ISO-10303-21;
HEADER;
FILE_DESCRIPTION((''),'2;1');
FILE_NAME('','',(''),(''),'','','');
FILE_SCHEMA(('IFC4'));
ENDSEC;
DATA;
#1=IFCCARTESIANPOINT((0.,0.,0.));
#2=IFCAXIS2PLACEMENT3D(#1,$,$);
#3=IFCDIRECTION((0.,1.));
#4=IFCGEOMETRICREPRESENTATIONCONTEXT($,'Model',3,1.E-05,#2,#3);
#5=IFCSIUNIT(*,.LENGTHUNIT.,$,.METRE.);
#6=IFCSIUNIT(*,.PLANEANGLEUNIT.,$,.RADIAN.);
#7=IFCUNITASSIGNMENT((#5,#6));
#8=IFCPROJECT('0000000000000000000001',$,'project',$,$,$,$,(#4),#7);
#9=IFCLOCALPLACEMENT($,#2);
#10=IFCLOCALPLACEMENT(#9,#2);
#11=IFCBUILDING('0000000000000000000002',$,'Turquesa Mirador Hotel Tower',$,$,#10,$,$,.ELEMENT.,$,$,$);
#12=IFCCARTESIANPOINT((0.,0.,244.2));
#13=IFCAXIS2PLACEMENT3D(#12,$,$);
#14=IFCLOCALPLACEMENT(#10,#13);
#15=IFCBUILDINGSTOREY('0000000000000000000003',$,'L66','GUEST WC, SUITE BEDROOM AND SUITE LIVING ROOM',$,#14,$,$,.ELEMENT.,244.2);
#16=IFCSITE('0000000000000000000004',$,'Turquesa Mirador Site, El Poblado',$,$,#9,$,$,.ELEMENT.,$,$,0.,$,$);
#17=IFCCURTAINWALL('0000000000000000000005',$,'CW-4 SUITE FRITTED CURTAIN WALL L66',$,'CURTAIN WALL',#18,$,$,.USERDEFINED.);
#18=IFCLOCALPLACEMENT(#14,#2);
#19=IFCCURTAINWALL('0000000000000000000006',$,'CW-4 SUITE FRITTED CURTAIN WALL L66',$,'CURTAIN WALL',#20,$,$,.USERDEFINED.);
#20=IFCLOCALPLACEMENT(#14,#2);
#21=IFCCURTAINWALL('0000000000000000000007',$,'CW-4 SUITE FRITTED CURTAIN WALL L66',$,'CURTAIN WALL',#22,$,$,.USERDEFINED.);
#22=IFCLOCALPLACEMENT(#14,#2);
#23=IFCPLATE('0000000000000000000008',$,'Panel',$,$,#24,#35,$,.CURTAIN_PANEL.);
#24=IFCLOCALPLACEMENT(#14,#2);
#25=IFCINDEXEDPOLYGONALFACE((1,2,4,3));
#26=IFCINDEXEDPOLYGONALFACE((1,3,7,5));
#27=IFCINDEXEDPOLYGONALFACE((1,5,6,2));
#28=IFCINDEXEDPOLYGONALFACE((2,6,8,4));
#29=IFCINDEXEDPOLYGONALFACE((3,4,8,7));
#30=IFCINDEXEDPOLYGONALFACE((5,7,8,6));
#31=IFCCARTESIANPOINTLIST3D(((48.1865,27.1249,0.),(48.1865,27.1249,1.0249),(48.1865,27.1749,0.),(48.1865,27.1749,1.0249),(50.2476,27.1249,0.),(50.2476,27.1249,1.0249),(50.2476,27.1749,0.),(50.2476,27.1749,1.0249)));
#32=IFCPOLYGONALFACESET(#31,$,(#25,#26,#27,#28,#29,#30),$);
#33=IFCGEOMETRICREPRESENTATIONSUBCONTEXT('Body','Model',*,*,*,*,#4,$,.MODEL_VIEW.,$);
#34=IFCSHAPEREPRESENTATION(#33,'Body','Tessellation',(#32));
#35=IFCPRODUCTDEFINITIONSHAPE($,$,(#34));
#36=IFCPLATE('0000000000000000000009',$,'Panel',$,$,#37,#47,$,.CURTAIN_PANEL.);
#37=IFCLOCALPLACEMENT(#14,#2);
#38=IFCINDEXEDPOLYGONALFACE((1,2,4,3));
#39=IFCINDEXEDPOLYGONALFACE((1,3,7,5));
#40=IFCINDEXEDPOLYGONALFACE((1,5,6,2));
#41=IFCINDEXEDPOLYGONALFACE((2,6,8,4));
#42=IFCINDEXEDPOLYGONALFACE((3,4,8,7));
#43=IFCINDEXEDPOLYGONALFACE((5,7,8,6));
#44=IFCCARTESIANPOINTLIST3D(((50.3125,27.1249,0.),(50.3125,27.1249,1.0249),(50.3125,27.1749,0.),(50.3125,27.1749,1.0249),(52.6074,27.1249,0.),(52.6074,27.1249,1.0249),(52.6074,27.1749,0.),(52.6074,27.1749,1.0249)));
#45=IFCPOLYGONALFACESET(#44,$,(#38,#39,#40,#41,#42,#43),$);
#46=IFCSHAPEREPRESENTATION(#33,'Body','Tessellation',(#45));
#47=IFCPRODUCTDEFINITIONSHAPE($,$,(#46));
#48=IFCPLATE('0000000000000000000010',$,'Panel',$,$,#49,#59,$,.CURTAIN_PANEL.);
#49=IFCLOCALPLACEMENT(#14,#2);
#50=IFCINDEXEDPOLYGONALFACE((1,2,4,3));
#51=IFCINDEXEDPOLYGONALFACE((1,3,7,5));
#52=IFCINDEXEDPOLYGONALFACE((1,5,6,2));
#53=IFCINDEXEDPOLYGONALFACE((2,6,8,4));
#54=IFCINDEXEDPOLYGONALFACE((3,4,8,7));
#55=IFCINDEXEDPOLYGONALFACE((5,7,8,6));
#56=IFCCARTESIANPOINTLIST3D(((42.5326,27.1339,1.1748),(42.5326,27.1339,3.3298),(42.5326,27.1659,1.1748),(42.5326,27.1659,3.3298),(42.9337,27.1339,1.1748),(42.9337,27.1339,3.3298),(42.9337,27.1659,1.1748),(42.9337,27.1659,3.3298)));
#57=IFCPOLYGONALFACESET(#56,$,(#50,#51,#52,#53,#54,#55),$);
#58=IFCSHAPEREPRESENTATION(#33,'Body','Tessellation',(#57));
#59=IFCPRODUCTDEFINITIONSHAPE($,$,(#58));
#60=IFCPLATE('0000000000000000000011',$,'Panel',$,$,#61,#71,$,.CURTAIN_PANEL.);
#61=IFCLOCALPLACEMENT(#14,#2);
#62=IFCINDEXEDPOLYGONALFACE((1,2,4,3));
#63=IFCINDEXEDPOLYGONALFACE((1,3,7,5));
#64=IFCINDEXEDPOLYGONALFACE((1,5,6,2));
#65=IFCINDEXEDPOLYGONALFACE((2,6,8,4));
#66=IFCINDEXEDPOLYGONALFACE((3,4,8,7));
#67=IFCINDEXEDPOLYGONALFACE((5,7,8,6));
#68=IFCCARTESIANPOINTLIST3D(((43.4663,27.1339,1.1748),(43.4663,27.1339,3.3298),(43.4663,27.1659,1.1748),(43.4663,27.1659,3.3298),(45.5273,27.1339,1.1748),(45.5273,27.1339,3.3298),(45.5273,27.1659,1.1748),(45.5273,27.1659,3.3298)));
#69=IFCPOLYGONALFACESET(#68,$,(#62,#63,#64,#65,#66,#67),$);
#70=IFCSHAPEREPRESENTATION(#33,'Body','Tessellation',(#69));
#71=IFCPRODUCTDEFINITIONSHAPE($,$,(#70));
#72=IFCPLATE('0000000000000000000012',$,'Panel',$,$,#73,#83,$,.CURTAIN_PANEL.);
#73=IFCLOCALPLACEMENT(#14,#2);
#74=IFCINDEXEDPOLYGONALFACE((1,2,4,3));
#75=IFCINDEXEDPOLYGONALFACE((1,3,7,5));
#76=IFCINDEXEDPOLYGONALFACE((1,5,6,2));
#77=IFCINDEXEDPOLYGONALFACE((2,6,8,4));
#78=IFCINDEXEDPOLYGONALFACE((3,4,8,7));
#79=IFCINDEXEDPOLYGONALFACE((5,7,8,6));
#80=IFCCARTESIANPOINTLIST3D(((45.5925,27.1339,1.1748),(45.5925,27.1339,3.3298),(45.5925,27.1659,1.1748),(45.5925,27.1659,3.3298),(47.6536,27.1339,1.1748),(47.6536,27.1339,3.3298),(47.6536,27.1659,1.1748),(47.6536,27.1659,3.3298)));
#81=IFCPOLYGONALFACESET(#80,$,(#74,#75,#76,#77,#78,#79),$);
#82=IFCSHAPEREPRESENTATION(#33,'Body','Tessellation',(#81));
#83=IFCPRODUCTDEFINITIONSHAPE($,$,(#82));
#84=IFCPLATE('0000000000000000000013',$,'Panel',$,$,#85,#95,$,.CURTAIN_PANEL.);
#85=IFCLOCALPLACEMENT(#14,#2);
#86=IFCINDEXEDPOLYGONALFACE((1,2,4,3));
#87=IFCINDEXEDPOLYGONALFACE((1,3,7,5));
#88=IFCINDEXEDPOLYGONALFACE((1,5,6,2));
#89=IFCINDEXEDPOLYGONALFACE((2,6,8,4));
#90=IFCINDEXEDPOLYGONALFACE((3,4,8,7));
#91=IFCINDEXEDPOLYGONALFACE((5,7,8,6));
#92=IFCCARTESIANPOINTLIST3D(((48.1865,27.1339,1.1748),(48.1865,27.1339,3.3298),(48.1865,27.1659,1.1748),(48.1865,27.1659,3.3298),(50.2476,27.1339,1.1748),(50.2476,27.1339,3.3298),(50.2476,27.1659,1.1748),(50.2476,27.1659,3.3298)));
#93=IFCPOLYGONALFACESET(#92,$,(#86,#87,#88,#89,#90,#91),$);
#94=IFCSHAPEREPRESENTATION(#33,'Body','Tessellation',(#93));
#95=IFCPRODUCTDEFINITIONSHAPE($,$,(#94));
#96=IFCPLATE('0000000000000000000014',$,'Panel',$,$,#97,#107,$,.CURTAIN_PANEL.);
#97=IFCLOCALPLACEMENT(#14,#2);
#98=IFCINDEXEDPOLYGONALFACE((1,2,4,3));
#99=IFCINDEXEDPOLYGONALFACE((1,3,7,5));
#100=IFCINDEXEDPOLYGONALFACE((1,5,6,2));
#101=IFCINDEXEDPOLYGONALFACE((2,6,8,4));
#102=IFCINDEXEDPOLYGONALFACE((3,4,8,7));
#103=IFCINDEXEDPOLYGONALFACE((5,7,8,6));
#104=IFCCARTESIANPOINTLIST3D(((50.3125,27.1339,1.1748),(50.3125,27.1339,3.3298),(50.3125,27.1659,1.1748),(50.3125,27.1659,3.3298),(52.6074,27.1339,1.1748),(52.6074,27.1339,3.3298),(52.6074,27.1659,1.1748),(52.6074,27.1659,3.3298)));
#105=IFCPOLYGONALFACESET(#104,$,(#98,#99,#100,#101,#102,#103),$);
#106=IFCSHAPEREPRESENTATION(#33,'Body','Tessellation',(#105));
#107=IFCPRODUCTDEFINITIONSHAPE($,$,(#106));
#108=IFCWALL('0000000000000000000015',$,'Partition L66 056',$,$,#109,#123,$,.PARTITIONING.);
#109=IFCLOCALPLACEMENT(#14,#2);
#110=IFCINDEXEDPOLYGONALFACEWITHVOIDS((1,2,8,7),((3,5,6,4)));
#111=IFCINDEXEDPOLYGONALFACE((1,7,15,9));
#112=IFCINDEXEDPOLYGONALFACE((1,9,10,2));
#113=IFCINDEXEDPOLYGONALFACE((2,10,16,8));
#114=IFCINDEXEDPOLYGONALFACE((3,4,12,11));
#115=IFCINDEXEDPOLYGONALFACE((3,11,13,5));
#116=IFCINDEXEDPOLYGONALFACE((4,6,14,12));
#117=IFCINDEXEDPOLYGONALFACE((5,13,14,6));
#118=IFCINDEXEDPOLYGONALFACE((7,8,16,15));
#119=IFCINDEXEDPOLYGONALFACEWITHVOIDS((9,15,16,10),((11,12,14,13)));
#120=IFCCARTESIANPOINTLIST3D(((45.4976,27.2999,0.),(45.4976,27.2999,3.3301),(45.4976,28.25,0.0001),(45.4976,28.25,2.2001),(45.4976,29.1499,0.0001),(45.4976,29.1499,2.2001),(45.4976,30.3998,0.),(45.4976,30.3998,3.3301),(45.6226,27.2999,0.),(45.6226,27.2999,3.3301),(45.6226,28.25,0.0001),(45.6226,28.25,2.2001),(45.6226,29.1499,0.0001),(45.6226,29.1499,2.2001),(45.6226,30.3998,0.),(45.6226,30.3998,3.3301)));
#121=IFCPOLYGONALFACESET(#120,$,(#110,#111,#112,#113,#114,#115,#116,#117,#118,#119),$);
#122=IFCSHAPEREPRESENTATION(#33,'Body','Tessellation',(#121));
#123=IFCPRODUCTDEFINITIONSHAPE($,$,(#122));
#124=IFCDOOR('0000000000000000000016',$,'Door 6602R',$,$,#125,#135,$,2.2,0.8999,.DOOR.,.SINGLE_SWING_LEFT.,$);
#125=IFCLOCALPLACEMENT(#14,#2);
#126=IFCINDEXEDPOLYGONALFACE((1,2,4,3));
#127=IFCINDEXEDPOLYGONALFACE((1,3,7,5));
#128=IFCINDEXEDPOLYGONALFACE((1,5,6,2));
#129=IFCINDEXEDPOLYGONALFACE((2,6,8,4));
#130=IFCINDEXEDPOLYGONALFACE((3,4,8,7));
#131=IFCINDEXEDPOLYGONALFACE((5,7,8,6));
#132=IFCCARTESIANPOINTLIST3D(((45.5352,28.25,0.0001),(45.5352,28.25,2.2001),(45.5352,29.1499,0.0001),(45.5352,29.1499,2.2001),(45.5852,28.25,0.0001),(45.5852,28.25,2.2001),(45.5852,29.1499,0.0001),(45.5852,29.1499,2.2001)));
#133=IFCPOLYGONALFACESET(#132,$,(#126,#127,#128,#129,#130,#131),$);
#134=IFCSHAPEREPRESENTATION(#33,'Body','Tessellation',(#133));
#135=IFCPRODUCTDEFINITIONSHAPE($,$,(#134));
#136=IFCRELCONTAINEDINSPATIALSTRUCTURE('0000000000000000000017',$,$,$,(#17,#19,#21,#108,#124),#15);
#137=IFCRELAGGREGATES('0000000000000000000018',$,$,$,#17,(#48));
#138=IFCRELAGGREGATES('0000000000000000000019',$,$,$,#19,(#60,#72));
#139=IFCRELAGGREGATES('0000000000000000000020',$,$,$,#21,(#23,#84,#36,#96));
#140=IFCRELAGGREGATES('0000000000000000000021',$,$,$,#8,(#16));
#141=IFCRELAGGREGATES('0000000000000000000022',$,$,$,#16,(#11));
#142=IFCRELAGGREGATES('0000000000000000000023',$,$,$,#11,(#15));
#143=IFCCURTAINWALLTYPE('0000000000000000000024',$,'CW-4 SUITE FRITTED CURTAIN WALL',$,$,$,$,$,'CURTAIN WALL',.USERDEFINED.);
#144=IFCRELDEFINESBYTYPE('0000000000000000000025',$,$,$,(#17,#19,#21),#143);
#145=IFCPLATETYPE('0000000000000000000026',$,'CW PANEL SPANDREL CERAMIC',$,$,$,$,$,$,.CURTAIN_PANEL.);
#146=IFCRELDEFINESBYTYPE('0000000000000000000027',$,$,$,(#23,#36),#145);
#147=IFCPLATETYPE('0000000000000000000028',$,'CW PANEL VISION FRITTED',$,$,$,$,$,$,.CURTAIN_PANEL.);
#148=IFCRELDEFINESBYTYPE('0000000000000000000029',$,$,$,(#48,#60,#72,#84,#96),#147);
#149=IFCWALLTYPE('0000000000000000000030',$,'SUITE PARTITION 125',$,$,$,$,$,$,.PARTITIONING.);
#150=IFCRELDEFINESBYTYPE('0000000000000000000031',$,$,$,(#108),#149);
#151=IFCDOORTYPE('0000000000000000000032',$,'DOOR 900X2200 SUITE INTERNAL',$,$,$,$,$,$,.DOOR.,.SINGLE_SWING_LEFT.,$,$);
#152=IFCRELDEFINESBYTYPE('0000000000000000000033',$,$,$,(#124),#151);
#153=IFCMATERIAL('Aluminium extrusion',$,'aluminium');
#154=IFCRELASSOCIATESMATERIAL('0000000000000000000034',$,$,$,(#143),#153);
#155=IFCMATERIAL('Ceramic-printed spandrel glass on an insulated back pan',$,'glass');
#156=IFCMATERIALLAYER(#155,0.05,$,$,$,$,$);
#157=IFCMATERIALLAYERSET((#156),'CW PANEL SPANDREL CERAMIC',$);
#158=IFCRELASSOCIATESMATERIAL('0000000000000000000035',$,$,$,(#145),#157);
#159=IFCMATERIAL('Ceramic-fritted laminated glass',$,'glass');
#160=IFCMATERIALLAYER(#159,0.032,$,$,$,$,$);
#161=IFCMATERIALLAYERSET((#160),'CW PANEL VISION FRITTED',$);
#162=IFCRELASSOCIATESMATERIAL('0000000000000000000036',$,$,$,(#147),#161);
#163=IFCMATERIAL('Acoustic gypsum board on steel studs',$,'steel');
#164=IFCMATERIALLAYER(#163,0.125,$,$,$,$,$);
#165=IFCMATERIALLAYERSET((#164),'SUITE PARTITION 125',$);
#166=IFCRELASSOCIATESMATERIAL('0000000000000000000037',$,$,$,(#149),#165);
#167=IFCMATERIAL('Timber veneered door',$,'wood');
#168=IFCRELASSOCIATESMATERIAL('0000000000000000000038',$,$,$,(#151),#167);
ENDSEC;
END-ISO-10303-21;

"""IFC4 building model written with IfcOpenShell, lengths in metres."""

from ifc_helpers import new_model, si_unit, direction, frame, frame_2d, origin, origin_2d, place, context, subcontext, project, spatial, rectangle, extrude, material, layer, layer_set, type_object, element, fill, aggregate, save


model = new_model("IFC4")

# Units and contexts
model_context = context("Model", 3, precision=1e-05, world=origin(), true_north=direction((0.0, 1.0)))
body_context = subcontext(model_context, "Body", "Model", "MODEL_VIEW")
ifc_project = project(units=[si_unit("LENGTHUNIT", "METRE"), si_unit("PLANEANGLEUNIT", "RADIAN")], contexts=[model_context])

# Site, building, storey
site_placement = place(None, origin())
site = spatial("IfcSite", under=ifc_project, at=site_placement, Name="Turquesa Mirador Site, El Poblado", CompositionType="ELEMENT", RefElevation=0.0)
building_placement = place(site_placement, origin())
building = spatial("IfcBuilding", under=site, at=building_placement, Name="Turquesa Mirador Hotel Tower", CompositionType="ELEMENT")
storey_placement = place(building_placement, frame((0.0, 0.0, 244.2)))
storey = spatial("IfcBuildingStorey", under=building, at=storey_placement, Name="L66", Description="GUEST WC, SUITE BEDROOM AND SUITE LIVING ROOM", CompositionType="ELEMENT", Elevation=244.2)

# Curtain walls
ifc_material_1 = material(Name="Aluminium extrusion", Category="aluminium")
curtain_wall_type = type_object("IfcCurtainWallType", Name="CW-4 SUITE FRITTED CURTAIN WALL", ElementType="CURTAIN WALL", PredefinedType="USERDEFINED", material=ifc_material_1)
curtain_wall_1_placement = place(storey_placement, origin())
curtain_wall_1 = element("IfcCurtainWall", 1, at=curtain_wall_1_placement, inside=storey, type_object=curtain_wall_type, Name="CW-4 SUITE FRITTED CURTAIN WALL L66", ObjectType="CURTAIN WALL", PredefinedType="USERDEFINED")
curtain_wall_2_placement = place(storey_placement, origin())
curtain_wall_2 = element("IfcCurtainWall", 2, at=curtain_wall_2_placement, inside=storey, type_object=curtain_wall_type, Name="CW-4 SUITE FRITTED CURTAIN WALL L66", ObjectType="CURTAIN WALL", PredefinedType="USERDEFINED")
curtain_wall_3_placement = place(storey_placement, origin())
curtain_wall_3 = element("IfcCurtainWall", 3, at=curtain_wall_3_placement, inside=storey, type_object=curtain_wall_type, Name="CW-4 SUITE FRITTED CURTAIN WALL L66", ObjectType="CURTAIN WALL", PredefinedType="USERDEFINED")

# Plates
ifc_material_2 = material(Name="Ceramic-printed spandrel glass on an insulated back pan", Category="glass")
ifc_layer_1 = layer(ifc_material_2, 0.05)
ifc_layer_set_1 = layer_set([ifc_layer_1], Name="CW PANEL SPANDREL CERAMIC")
plate_type_1 = type_object("IfcPlateType", Name="CW PANEL SPANDREL CERAMIC", PredefinedType="CURTAIN_PANEL", material=ifc_layer_set_1)
plate_1_placement = place(storey_placement, frame((49.217, 27.1499, 0.0), z_axis=(0.0, 0.0, 1.0), x_axis=(1.0, 0.0, 0.0)))
plate_1 = element("IfcPlate", 4, at=plate_1_placement, type_object=plate_type_1, Name="Panel", PredefinedType="CURTAIN_PANEL", context=body_context, shape_type="SweptSolid", body=[
    extrude(rectangle(XDim=2.061, YDim=0.05, at=origin_2d()), origin(), (0.0, 0.0, 1.0), 1.0249),
])
plate_2_placement = place(storey_placement, frame((51.46, 27.1499, 0.0), z_axis=(0.0, 0.0, 1.0), x_axis=(1.0, 0.0, 0.0)))
plate_2 = element("IfcPlate", 5, at=plate_2_placement, type_object=plate_type_1, Name="Panel", PredefinedType="CURTAIN_PANEL", context=body_context, shape_type="SweptSolid", body=[
    extrude(rectangle(XDim=2.2949, YDim=0.05, at=origin_2d()), origin(), (0.0, 0.0, 1.0), 1.0249),
])
ifc_material_3 = material(Name="Ceramic-fritted laminated glass", Category="glass")
ifc_layer_2 = layer(ifc_material_3, 0.032)
ifc_layer_set_2 = layer_set([ifc_layer_2], Name="CW PANEL VISION FRITTED")
plate_type_2 = type_object("IfcPlateType", Name="CW PANEL VISION FRITTED", PredefinedType="CURTAIN_PANEL", material=ifc_layer_set_2)
plate_3_placement = place(storey_placement, frame((42.7332, 27.1499, 1.1748), z_axis=(0.0, 0.0, 1.0), x_axis=(1.0, 0.0, 0.0)))
plate_3 = element("IfcPlate", 6, at=plate_3_placement, type_object=plate_type_2, Name="Panel", PredefinedType="CURTAIN_PANEL", context=body_context, shape_type="SweptSolid", body=[
    extrude(rectangle(XDim=0.4011, YDim=0.032, at=origin_2d()), origin(), (0.0, 0.0, 1.0), 2.155),
])
aggregate(curtain_wall_1, [plate_3])
plate_4_placement = place(storey_placement, frame((44.4968, 27.1499, 1.1748), z_axis=(0.0, 0.0, 1.0), x_axis=(1.0, 0.0, 0.0)))
plate_4 = element("IfcPlate", 7, at=plate_4_placement, type_object=plate_type_2, Name="Panel", PredefinedType="CURTAIN_PANEL", context=body_context, shape_type="SweptSolid", body=[
    extrude(rectangle(XDim=2.061, YDim=0.032, at=origin_2d()), origin(), (0.0, 0.0, 1.0), 2.155),
])
plate_5_placement = place(storey_placement, frame((46.623, 27.1499, 1.1748), z_axis=(0.0, 0.0, 1.0), x_axis=(1.0, 0.0, 0.0)))
plate_5 = element("IfcPlate", 8, at=plate_5_placement, type_object=plate_type_2, Name="Panel", PredefinedType="CURTAIN_PANEL", context=body_context, shape_type="SweptSolid", body=[
    extrude(rectangle(XDim=2.061, YDim=0.032, at=origin_2d()), origin(), (0.0, 0.0, 1.0), 2.155),
])
aggregate(curtain_wall_2, [plate_4, plate_5])
plate_6_placement = place(storey_placement, frame((49.217, 27.1499, 1.1748), z_axis=(0.0, 0.0, 1.0), x_axis=(1.0, 0.0, 0.0)))
plate_6 = element("IfcPlate", 9, at=plate_6_placement, type_object=plate_type_2, Name="Panel", PredefinedType="CURTAIN_PANEL", context=body_context, shape_type="SweptSolid", body=[
    extrude(rectangle(XDim=2.061, YDim=0.032, at=origin_2d()), origin(), (0.0, 0.0, 1.0), 2.155),
])
plate_7_placement = place(storey_placement, frame((51.46, 27.1499, 1.1748), z_axis=(0.0, 0.0, 1.0), x_axis=(1.0, 0.0, 0.0)))
plate_7 = element("IfcPlate", 10, at=plate_7_placement, type_object=plate_type_2, Name="Panel", PredefinedType="CURTAIN_PANEL", context=body_context, shape_type="SweptSolid", body=[
    extrude(rectangle(XDim=2.2949, YDim=0.032, at=origin_2d()), origin(), (0.0, 0.0, 1.0), 2.155),
])
aggregate(curtain_wall_3, [plate_1, plate_6, plate_2, plate_7])

# Wall, opening, door
ifc_material_4 = material(Name="Acoustic gypsum board on steel studs", Category="steel")
ifc_layer_3 = layer(ifc_material_4, 0.125)
ifc_layer_set_3 = layer_set([ifc_layer_3], Name="SUITE PARTITION 125")
wall_type = type_object("IfcWallType", Name="SUITE PARTITION 125", PredefinedType="PARTITIONING", material=ifc_layer_set_3)
wall_placement = place(storey_placement, frame((45.5601, 27.3, 0.0), z_axis=(0.0, 0.0, 1.0), x_axis=(0.0, 1.0, 0.0)))
wall = element("IfcWall", 11, at=wall_placement, inside=storey, type_object=wall_type, Name="Partition L66 056", PredefinedType="PARTITIONING", context=body_context, shape_type="SweptSolid", body=[
    extrude(rectangle(XDim=3.0999, YDim=0.125, at=frame_2d((1.5498, 0.0))), origin(), (0.0, 0.0, 1.0), 3.3301),
])
opening_placement = place(wall_placement, frame((0.95, 0.0, 0.0)))
opening = element("IfcOpeningElement", 12, at=opening_placement, cuts=wall, PredefinedType="OPENING", context=body_context, shape_type="SweptSolid", body=[
    extrude(rectangle(XDim=0.8999, YDim=2.2, at=frame_2d((0.45, 1.1001))), frame((0.0, 0.0725, 0.0), z_axis=(0.0, -1.0, 0.0), x_axis=(1.0, 0.0, 0.0)), (0.0, 0.0, 1.0), 0.145),
])
ifc_material_5 = material(Name="Timber veneered door", Category="wood")
door_type = type_object("IfcDoorType", Name="DOOR 900X2200 SUITE INTERNAL", OperationType="SINGLE_SWING_LEFT", PredefinedType="DOOR", material=ifc_material_5)
door_placement = place(opening_placement, origin())
door = element("IfcDoor", 13, at=door_placement, inside=storey, type_object=door_type, Name="Door 6602R", OperationType="SINGLE_SWING_LEFT", OverallHeight=2.2, OverallWidth=0.8999, PredefinedType="DOOR", context=body_context, shape_type="SweptSolid", body=[
    extrude(rectangle(XDim=0.8999, YDim=2.2, at=frame_2d((0.45, 1.1001))), frame((0.0, 0.0249, 0.0), z_axis=(0.0, -1.0, 0.0), x_axis=(1.0, 0.0, 0.0)), (0.0, 0.0, 1.0), 0.05),
])
fill(opening, door)

save(model, "model.ifc")
